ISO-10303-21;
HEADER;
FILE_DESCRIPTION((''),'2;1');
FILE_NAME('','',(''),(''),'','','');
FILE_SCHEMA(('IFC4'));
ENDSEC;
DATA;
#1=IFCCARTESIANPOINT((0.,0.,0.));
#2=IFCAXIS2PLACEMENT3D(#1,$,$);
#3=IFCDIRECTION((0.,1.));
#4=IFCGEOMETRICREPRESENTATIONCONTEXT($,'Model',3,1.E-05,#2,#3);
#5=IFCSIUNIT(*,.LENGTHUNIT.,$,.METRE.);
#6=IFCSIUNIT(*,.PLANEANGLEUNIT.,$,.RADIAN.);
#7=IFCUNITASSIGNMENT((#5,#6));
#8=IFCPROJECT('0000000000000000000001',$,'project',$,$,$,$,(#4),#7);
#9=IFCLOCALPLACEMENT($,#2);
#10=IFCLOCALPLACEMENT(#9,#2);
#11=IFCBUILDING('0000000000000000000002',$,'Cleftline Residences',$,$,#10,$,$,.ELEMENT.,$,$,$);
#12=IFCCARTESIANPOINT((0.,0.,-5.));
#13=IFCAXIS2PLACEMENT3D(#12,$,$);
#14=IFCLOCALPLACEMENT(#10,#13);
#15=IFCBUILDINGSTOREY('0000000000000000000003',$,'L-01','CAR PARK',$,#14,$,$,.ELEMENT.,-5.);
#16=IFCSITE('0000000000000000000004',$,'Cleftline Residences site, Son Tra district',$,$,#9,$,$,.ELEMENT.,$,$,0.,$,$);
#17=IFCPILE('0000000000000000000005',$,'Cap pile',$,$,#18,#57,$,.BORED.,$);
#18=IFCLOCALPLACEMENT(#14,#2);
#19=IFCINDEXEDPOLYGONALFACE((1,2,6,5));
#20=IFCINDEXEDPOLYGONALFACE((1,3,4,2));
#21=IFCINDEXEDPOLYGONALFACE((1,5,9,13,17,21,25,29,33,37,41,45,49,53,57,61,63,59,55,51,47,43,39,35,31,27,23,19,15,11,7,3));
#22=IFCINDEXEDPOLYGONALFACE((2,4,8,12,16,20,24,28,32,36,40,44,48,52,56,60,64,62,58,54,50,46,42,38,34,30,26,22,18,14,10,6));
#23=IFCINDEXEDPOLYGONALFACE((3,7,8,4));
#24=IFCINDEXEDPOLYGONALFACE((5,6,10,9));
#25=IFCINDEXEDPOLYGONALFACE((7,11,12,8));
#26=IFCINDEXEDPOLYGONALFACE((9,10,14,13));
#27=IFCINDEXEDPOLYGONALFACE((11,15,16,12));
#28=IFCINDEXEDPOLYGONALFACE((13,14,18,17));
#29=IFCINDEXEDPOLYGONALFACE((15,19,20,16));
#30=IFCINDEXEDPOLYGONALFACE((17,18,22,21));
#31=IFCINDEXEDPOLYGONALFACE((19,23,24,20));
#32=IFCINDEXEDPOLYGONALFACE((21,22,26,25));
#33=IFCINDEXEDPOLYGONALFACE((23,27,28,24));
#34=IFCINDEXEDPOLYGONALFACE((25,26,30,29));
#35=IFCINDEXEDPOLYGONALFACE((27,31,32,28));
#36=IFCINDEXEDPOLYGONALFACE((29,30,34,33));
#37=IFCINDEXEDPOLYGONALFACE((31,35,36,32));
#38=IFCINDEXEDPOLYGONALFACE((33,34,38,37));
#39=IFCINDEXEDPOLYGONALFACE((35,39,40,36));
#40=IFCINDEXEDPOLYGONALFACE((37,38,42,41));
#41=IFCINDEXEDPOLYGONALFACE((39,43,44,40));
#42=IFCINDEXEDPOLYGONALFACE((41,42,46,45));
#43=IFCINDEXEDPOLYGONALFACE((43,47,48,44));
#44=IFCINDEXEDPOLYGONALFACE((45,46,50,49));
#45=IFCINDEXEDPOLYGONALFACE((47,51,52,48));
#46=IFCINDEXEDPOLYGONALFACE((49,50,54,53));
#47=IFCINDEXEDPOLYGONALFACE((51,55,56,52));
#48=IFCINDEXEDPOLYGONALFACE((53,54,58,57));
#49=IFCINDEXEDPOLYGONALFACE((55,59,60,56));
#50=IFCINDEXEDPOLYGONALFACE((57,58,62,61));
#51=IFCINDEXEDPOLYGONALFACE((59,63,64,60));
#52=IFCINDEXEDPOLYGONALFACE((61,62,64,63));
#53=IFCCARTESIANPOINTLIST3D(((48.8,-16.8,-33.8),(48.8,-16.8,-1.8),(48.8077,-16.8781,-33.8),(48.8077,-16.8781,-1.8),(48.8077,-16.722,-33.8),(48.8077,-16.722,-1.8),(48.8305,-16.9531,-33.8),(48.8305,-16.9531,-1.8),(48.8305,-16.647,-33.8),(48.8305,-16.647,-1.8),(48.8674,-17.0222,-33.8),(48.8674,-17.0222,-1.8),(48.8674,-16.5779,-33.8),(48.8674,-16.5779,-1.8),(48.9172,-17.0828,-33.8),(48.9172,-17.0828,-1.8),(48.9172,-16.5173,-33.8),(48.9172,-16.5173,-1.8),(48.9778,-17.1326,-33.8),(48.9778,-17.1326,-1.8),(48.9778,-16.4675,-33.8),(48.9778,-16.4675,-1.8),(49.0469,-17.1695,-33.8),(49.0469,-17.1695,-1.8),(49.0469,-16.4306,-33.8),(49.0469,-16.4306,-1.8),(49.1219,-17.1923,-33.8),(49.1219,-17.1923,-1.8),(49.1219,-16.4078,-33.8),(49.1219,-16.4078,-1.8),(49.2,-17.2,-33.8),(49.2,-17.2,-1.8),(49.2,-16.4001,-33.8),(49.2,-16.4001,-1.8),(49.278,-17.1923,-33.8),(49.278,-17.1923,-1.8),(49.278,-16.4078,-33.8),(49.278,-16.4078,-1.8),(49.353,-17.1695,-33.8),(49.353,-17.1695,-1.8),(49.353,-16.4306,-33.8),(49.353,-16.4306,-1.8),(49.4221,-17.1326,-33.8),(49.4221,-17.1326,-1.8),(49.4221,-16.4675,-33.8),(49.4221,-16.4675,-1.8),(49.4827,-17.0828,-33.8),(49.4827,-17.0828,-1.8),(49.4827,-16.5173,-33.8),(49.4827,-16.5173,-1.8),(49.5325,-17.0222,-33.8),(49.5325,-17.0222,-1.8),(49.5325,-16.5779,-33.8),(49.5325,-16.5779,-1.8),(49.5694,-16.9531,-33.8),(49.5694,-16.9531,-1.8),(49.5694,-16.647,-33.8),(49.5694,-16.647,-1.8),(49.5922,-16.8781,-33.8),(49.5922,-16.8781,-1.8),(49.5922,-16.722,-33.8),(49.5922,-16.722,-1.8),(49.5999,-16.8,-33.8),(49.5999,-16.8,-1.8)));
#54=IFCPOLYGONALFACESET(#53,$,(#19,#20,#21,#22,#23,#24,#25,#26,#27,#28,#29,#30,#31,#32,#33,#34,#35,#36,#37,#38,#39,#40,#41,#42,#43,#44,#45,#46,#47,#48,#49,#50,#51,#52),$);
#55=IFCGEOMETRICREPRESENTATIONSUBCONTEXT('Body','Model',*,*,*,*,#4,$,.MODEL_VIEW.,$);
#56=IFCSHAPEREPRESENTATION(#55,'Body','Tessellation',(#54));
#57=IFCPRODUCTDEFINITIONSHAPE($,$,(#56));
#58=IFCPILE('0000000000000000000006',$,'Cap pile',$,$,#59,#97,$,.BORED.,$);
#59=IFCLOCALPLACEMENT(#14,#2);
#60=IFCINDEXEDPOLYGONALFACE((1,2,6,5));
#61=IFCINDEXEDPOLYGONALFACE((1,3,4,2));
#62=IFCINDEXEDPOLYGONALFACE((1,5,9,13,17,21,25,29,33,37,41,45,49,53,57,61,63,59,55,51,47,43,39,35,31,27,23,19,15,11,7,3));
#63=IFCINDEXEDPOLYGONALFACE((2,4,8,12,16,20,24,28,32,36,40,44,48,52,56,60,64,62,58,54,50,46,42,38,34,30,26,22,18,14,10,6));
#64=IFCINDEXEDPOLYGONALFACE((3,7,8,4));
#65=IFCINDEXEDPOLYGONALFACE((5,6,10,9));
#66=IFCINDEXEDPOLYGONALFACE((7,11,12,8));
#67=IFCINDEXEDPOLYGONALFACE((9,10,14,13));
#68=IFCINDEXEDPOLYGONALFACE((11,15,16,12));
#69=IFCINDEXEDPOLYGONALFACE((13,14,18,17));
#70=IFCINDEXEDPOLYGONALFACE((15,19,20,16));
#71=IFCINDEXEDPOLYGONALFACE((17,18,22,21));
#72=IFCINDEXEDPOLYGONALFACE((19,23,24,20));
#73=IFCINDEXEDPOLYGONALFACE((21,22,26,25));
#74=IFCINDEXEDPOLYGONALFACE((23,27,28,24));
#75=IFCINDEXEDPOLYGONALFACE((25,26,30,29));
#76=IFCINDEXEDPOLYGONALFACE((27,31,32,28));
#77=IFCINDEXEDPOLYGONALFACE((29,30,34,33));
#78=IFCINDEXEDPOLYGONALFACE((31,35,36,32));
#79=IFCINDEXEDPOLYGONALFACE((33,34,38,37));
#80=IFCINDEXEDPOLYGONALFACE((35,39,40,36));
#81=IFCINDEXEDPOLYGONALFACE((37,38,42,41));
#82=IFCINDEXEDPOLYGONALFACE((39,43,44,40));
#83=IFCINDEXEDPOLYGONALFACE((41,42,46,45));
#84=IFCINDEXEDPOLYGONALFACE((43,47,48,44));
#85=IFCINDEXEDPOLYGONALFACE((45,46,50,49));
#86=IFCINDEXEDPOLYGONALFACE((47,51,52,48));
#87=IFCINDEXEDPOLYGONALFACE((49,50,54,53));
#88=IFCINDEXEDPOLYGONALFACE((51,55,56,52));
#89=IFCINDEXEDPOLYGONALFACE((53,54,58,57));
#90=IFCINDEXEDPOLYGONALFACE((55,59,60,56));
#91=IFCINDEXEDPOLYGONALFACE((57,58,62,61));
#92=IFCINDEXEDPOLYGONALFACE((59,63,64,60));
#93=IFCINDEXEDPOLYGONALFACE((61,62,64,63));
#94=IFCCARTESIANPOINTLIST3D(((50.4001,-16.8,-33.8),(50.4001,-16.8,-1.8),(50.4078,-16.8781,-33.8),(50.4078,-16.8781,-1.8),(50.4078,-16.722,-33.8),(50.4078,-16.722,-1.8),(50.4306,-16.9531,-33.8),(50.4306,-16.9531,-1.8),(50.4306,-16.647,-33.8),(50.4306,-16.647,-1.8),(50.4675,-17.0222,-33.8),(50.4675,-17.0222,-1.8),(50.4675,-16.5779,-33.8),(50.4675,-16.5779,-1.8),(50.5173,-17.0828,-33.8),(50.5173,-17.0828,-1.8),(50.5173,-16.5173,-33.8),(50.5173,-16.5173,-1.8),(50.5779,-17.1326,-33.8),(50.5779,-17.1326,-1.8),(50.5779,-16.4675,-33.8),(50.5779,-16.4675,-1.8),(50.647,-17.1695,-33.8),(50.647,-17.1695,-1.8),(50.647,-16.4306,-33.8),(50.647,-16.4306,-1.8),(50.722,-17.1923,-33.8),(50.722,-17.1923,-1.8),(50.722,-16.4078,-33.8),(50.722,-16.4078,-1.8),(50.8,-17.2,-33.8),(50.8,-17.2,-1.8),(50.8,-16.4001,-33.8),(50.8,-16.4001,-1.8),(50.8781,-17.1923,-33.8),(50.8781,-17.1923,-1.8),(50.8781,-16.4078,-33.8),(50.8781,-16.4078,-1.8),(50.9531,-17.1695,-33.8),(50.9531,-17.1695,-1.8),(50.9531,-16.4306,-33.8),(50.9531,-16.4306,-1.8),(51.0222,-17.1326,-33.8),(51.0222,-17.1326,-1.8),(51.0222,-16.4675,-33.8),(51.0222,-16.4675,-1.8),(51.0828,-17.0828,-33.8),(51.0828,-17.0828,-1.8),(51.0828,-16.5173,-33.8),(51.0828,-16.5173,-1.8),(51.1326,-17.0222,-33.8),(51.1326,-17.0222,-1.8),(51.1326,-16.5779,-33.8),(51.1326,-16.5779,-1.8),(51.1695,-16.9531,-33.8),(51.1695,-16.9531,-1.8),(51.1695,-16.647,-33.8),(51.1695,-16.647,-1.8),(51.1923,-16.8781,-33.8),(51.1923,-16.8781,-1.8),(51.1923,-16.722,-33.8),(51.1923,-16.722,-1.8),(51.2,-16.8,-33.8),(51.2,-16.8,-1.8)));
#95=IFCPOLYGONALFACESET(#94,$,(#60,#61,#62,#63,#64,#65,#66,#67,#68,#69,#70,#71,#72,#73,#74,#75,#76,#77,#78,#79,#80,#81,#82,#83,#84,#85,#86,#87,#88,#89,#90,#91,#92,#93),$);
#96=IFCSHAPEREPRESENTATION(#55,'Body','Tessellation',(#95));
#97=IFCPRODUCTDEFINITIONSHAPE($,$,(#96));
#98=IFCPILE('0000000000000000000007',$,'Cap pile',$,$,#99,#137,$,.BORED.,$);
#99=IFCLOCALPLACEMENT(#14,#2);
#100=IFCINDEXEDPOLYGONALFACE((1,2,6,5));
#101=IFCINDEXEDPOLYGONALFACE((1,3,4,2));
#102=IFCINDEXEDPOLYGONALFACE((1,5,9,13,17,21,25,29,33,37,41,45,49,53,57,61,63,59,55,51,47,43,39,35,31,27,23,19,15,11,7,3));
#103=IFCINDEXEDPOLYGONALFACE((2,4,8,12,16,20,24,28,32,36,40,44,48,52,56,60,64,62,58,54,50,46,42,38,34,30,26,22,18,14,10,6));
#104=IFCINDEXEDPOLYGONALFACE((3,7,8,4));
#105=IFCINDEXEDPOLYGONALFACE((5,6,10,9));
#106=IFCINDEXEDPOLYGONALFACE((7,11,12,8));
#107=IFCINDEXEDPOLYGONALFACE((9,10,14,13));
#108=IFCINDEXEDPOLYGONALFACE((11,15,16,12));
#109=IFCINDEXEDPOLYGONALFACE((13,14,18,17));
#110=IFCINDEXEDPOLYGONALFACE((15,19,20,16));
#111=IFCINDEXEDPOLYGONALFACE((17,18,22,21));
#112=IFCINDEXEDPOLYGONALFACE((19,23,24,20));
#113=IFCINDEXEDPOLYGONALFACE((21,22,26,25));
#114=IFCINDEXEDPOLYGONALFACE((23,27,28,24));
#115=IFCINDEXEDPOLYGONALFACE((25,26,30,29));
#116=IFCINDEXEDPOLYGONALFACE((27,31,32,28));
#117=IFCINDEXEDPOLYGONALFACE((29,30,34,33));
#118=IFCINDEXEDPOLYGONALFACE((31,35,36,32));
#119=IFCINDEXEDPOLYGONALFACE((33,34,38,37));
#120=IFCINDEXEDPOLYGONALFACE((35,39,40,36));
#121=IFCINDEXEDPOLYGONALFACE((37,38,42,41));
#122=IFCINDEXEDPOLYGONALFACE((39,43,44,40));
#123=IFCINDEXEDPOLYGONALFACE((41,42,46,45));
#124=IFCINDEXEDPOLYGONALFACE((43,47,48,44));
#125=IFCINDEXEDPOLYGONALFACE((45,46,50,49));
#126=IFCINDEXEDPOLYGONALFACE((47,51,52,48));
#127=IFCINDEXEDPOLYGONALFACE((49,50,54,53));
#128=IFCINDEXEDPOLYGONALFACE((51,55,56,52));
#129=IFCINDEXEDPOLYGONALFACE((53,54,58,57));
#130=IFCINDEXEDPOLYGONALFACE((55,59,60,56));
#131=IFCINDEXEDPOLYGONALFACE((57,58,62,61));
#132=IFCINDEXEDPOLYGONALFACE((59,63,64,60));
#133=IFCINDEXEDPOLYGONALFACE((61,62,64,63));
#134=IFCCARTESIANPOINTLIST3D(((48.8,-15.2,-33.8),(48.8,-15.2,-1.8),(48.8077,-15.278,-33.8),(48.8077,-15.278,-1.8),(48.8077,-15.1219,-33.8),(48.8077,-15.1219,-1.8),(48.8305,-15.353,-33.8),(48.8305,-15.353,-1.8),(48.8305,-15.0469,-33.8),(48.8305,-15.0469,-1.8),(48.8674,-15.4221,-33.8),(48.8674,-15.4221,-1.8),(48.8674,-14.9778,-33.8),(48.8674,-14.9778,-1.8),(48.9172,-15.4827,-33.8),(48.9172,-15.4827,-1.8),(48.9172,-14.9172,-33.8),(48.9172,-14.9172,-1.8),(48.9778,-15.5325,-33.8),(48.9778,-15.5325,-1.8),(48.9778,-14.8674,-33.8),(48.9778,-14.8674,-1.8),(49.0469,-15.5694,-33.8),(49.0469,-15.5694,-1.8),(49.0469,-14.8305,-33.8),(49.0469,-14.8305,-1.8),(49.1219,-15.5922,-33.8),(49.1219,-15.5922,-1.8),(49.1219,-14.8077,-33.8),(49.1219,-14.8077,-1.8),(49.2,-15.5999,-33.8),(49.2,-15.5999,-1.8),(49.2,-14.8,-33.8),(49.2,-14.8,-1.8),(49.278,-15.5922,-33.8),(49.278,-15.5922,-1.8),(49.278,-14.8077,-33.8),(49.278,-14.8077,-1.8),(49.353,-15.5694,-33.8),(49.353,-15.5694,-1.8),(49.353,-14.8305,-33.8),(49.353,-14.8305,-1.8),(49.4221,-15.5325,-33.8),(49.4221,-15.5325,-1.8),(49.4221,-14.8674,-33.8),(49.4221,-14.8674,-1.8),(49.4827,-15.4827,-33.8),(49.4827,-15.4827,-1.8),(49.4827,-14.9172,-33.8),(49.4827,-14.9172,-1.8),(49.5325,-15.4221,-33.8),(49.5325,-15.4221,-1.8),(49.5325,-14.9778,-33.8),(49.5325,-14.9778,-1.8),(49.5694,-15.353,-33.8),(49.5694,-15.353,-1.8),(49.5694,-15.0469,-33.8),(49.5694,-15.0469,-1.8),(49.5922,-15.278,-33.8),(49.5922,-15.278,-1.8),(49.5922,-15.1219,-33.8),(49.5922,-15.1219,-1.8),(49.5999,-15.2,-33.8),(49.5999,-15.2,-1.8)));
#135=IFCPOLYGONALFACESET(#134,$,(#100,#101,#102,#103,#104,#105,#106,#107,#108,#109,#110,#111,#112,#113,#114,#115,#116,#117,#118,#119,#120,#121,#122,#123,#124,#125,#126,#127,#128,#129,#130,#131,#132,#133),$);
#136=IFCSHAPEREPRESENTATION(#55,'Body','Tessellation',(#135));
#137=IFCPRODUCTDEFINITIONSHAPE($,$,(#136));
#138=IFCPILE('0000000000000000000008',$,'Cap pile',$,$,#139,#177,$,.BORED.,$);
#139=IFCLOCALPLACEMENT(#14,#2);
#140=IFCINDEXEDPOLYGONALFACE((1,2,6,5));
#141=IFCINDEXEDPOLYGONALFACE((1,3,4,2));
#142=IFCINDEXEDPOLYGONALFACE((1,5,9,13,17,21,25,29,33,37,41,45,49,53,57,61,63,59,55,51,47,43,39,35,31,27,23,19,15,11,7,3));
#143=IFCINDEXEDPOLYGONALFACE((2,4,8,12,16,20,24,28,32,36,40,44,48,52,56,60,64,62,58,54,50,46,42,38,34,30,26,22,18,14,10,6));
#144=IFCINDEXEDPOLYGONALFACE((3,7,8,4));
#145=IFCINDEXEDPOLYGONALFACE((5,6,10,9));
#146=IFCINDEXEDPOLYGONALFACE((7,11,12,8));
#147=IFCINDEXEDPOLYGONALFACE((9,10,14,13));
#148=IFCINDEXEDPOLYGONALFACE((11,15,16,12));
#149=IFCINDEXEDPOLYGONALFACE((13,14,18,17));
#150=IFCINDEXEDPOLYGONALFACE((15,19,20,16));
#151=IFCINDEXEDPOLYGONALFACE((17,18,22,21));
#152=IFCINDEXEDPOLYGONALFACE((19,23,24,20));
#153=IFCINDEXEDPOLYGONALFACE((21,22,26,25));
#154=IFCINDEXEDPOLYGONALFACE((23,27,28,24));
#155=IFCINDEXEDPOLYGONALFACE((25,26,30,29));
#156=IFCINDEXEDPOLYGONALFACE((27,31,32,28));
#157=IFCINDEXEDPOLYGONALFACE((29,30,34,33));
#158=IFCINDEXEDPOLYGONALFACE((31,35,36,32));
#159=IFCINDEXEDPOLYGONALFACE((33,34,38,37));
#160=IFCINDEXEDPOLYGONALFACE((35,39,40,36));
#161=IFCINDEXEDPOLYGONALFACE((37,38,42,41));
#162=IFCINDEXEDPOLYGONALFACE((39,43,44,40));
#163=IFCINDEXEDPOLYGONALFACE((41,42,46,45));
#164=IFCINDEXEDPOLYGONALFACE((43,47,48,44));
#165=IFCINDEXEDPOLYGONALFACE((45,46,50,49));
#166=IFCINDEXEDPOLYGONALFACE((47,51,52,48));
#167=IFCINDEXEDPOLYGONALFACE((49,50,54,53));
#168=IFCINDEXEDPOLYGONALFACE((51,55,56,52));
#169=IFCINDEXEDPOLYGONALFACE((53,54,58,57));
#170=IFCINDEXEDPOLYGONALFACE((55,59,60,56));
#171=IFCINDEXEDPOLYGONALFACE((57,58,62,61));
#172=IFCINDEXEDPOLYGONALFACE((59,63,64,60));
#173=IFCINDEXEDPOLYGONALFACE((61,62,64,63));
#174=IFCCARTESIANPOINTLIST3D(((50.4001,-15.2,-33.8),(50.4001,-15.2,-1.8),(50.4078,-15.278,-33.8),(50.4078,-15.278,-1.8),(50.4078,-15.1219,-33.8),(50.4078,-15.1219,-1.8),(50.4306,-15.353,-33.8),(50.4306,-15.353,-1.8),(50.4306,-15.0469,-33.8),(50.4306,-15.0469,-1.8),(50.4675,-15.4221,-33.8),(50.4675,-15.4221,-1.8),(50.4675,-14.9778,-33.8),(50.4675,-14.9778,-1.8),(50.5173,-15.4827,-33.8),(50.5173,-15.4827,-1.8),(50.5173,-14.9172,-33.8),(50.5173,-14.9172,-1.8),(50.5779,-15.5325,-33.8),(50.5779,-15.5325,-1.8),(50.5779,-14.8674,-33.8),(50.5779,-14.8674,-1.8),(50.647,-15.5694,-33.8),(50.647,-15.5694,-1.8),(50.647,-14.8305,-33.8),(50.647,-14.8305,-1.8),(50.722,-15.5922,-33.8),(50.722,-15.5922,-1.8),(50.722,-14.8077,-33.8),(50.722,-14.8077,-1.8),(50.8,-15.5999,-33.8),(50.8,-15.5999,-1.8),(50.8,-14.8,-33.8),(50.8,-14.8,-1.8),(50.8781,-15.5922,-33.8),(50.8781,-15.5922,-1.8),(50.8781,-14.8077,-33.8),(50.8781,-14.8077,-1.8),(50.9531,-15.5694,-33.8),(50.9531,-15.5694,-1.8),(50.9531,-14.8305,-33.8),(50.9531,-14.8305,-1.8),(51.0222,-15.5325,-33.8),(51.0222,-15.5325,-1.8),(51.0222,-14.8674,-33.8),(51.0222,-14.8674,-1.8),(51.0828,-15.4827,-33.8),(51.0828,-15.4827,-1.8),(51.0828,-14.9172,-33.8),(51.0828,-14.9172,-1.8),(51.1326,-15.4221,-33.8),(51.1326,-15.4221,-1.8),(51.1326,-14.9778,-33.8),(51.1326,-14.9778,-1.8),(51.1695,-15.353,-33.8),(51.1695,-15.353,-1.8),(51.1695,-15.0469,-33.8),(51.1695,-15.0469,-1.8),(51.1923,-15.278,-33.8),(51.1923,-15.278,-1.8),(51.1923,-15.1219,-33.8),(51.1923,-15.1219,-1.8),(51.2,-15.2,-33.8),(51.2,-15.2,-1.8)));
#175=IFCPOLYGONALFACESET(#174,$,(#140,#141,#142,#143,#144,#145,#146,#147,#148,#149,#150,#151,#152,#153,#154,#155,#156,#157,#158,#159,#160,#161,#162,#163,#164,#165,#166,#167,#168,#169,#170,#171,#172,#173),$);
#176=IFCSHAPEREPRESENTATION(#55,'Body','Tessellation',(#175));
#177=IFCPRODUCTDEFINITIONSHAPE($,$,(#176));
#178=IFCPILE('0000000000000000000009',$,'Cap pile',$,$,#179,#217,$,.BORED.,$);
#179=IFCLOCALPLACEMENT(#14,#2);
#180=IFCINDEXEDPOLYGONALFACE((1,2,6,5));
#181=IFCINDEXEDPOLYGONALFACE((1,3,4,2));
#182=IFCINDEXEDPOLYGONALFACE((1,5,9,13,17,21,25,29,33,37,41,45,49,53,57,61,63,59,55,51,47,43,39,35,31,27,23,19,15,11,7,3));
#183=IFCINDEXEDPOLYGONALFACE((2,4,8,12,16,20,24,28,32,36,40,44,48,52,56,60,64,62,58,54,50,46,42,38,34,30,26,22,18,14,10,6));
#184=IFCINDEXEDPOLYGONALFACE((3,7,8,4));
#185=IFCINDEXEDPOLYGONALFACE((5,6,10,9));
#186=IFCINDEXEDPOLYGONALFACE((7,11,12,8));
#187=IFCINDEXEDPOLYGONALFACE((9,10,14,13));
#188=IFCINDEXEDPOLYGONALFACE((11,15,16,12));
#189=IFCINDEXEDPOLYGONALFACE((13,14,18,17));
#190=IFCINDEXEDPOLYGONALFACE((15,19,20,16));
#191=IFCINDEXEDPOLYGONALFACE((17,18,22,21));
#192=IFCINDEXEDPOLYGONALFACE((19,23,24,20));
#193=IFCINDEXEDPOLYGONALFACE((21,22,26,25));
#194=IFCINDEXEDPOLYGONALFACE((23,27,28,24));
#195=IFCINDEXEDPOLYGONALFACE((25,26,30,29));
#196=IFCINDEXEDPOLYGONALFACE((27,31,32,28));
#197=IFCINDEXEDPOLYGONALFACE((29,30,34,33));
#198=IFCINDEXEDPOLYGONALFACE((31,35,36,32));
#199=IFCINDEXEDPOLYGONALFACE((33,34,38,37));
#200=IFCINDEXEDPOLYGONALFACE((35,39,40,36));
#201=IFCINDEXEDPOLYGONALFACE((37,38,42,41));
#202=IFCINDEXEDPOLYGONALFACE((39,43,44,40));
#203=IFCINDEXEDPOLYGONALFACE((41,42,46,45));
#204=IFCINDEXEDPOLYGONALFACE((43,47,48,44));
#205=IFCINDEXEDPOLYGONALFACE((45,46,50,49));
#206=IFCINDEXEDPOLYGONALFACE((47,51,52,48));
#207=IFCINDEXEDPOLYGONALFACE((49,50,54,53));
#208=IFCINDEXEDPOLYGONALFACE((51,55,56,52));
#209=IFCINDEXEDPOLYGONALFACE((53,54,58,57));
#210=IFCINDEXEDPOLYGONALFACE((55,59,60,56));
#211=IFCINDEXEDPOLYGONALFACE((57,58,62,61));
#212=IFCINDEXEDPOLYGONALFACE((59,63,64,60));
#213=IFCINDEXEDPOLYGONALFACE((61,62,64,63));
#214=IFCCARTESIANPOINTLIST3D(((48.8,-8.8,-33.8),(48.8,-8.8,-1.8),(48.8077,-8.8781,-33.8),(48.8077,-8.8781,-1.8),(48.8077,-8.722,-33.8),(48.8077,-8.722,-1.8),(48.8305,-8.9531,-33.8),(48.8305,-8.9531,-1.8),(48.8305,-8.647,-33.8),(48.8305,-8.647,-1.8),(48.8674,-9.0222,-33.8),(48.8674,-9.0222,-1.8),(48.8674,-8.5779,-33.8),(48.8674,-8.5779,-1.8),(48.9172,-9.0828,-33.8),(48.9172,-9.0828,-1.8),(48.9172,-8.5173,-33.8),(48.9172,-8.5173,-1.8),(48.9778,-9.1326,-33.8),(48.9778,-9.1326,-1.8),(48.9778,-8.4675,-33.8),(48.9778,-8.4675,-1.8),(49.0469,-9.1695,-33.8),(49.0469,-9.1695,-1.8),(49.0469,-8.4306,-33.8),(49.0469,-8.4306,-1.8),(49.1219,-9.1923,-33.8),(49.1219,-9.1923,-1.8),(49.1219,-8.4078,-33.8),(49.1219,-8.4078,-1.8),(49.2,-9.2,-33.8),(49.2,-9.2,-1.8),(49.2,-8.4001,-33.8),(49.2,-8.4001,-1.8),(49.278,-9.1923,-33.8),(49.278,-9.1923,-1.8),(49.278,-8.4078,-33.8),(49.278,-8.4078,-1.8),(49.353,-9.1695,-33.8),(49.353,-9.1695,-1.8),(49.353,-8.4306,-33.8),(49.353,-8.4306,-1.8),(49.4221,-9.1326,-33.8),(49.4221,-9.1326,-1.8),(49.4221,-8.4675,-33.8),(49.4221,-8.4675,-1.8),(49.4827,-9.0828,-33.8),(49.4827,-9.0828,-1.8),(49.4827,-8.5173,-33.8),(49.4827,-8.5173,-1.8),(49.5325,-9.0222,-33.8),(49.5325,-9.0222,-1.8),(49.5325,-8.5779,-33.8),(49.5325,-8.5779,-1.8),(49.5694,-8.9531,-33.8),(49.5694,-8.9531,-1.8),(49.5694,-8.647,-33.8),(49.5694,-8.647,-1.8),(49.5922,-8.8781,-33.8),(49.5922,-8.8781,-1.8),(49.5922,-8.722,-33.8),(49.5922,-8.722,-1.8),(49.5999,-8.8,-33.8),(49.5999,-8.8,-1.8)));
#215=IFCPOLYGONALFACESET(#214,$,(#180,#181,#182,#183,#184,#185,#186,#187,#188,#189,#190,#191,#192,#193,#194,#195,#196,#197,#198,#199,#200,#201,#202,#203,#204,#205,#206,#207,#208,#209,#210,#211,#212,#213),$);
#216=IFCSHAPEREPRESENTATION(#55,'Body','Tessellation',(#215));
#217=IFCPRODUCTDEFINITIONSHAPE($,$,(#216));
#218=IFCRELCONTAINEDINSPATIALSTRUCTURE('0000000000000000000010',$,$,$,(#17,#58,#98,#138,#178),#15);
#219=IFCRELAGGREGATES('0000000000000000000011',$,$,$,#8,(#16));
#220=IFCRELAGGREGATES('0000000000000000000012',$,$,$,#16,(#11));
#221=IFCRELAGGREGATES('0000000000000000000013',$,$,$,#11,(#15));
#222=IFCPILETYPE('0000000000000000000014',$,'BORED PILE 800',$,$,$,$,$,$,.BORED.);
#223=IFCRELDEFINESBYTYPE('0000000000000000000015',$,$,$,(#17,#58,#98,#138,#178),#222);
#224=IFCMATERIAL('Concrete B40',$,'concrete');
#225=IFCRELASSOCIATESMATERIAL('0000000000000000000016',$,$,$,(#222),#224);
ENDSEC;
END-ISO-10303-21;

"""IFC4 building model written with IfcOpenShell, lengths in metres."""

from ifc_helpers import new_model, si_unit, direction, frame, origin, origin_2d, place, context, subcontext, project, spatial, circle, extrude, material, material_profile, profile_set, type_object, element, save


model = new_model("IFC4")

# Units and contexts
model_context = context("Model", 3, precision=1e-05, world=origin(), true_north=direction((0.0, 1.0)))
body_context = subcontext(model_context, "Body", "Model", "MODEL_VIEW")
ifc_project = project(units=[si_unit("LENGTHUNIT", "METRE"), si_unit("PLANEANGLEUNIT", "RADIAN")], contexts=[model_context])

# Site, building, storey
site_placement = place(None, origin())
site = spatial("IfcSite", under=ifc_project, at=site_placement, Name="Cleftline Residences site, Son Tra district", CompositionType="ELEMENT", RefElevation=0.0)
building_placement = place(site_placement, origin())
building = spatial("IfcBuilding", under=site, at=building_placement, Name="Cleftline Residences", CompositionType="ELEMENT")
storey_placement = place(building_placement, frame((0.0, 0.0, -5.0)))
storey = spatial("IfcBuildingStorey", under=building, at=storey_placement, Name="L-01", Description="CAR PARK", CompositionType="ELEMENT", Elevation=-5.0)

# Piles
ifc_material_1 = material(Name="Concrete B40", Category="concrete")
ifc_material_profile_1 = material_profile(ifc_material_1, circle(Radius=0.3999, at=origin_2d()))
ifc_profile_set_1 = profile_set([ifc_material_profile_1], Name="Concrete B40")
pile_type_1 = type_object("IfcPileType", Name="BORED PILE 800", PredefinedType="BORED", material=ifc_profile_set_1)
for number, where, z_axis, x_axis, name in (
    (1, (49.2, -16.8, -1.8), (0.0, 0.0, -1.0), (1.0, 0.0, 0.0), "Cap pile"),
    (2, (50.8, -16.8, -1.8), (0.0, 0.0, -1.0), (1.0, 0.0, 0.0), "Cap pile"),
    (3, (49.2, -15.2, -1.8), (0.0, 0.0, -1.0), (1.0, 0.0, 0.0), "Cap pile"),
    (4, (50.8, -15.2, -1.8), (0.0, 0.0, -1.0), (1.0, 0.0, 0.0), "Cap pile"),
    (5, (49.2, -8.8, -1.8), (0.0, 0.0, -1.0), (1.0, 0.0, 0.0), "Cap pile"),
):
    element("IfcPile", number, at=place(storey_placement, frame(where, z_axis=z_axis, x_axis=x_axis)), inside=storey, type_object=pile_type_1, Name=name, PredefinedType="BORED", context=body_context, shape_type="SweptSolid", body=[
        extrude(circle(Radius=0.3999, at=origin_2d()), origin(), (0.0, 0.0, 1.0), 32.0),
    ])

save(model, "model.ifc")
